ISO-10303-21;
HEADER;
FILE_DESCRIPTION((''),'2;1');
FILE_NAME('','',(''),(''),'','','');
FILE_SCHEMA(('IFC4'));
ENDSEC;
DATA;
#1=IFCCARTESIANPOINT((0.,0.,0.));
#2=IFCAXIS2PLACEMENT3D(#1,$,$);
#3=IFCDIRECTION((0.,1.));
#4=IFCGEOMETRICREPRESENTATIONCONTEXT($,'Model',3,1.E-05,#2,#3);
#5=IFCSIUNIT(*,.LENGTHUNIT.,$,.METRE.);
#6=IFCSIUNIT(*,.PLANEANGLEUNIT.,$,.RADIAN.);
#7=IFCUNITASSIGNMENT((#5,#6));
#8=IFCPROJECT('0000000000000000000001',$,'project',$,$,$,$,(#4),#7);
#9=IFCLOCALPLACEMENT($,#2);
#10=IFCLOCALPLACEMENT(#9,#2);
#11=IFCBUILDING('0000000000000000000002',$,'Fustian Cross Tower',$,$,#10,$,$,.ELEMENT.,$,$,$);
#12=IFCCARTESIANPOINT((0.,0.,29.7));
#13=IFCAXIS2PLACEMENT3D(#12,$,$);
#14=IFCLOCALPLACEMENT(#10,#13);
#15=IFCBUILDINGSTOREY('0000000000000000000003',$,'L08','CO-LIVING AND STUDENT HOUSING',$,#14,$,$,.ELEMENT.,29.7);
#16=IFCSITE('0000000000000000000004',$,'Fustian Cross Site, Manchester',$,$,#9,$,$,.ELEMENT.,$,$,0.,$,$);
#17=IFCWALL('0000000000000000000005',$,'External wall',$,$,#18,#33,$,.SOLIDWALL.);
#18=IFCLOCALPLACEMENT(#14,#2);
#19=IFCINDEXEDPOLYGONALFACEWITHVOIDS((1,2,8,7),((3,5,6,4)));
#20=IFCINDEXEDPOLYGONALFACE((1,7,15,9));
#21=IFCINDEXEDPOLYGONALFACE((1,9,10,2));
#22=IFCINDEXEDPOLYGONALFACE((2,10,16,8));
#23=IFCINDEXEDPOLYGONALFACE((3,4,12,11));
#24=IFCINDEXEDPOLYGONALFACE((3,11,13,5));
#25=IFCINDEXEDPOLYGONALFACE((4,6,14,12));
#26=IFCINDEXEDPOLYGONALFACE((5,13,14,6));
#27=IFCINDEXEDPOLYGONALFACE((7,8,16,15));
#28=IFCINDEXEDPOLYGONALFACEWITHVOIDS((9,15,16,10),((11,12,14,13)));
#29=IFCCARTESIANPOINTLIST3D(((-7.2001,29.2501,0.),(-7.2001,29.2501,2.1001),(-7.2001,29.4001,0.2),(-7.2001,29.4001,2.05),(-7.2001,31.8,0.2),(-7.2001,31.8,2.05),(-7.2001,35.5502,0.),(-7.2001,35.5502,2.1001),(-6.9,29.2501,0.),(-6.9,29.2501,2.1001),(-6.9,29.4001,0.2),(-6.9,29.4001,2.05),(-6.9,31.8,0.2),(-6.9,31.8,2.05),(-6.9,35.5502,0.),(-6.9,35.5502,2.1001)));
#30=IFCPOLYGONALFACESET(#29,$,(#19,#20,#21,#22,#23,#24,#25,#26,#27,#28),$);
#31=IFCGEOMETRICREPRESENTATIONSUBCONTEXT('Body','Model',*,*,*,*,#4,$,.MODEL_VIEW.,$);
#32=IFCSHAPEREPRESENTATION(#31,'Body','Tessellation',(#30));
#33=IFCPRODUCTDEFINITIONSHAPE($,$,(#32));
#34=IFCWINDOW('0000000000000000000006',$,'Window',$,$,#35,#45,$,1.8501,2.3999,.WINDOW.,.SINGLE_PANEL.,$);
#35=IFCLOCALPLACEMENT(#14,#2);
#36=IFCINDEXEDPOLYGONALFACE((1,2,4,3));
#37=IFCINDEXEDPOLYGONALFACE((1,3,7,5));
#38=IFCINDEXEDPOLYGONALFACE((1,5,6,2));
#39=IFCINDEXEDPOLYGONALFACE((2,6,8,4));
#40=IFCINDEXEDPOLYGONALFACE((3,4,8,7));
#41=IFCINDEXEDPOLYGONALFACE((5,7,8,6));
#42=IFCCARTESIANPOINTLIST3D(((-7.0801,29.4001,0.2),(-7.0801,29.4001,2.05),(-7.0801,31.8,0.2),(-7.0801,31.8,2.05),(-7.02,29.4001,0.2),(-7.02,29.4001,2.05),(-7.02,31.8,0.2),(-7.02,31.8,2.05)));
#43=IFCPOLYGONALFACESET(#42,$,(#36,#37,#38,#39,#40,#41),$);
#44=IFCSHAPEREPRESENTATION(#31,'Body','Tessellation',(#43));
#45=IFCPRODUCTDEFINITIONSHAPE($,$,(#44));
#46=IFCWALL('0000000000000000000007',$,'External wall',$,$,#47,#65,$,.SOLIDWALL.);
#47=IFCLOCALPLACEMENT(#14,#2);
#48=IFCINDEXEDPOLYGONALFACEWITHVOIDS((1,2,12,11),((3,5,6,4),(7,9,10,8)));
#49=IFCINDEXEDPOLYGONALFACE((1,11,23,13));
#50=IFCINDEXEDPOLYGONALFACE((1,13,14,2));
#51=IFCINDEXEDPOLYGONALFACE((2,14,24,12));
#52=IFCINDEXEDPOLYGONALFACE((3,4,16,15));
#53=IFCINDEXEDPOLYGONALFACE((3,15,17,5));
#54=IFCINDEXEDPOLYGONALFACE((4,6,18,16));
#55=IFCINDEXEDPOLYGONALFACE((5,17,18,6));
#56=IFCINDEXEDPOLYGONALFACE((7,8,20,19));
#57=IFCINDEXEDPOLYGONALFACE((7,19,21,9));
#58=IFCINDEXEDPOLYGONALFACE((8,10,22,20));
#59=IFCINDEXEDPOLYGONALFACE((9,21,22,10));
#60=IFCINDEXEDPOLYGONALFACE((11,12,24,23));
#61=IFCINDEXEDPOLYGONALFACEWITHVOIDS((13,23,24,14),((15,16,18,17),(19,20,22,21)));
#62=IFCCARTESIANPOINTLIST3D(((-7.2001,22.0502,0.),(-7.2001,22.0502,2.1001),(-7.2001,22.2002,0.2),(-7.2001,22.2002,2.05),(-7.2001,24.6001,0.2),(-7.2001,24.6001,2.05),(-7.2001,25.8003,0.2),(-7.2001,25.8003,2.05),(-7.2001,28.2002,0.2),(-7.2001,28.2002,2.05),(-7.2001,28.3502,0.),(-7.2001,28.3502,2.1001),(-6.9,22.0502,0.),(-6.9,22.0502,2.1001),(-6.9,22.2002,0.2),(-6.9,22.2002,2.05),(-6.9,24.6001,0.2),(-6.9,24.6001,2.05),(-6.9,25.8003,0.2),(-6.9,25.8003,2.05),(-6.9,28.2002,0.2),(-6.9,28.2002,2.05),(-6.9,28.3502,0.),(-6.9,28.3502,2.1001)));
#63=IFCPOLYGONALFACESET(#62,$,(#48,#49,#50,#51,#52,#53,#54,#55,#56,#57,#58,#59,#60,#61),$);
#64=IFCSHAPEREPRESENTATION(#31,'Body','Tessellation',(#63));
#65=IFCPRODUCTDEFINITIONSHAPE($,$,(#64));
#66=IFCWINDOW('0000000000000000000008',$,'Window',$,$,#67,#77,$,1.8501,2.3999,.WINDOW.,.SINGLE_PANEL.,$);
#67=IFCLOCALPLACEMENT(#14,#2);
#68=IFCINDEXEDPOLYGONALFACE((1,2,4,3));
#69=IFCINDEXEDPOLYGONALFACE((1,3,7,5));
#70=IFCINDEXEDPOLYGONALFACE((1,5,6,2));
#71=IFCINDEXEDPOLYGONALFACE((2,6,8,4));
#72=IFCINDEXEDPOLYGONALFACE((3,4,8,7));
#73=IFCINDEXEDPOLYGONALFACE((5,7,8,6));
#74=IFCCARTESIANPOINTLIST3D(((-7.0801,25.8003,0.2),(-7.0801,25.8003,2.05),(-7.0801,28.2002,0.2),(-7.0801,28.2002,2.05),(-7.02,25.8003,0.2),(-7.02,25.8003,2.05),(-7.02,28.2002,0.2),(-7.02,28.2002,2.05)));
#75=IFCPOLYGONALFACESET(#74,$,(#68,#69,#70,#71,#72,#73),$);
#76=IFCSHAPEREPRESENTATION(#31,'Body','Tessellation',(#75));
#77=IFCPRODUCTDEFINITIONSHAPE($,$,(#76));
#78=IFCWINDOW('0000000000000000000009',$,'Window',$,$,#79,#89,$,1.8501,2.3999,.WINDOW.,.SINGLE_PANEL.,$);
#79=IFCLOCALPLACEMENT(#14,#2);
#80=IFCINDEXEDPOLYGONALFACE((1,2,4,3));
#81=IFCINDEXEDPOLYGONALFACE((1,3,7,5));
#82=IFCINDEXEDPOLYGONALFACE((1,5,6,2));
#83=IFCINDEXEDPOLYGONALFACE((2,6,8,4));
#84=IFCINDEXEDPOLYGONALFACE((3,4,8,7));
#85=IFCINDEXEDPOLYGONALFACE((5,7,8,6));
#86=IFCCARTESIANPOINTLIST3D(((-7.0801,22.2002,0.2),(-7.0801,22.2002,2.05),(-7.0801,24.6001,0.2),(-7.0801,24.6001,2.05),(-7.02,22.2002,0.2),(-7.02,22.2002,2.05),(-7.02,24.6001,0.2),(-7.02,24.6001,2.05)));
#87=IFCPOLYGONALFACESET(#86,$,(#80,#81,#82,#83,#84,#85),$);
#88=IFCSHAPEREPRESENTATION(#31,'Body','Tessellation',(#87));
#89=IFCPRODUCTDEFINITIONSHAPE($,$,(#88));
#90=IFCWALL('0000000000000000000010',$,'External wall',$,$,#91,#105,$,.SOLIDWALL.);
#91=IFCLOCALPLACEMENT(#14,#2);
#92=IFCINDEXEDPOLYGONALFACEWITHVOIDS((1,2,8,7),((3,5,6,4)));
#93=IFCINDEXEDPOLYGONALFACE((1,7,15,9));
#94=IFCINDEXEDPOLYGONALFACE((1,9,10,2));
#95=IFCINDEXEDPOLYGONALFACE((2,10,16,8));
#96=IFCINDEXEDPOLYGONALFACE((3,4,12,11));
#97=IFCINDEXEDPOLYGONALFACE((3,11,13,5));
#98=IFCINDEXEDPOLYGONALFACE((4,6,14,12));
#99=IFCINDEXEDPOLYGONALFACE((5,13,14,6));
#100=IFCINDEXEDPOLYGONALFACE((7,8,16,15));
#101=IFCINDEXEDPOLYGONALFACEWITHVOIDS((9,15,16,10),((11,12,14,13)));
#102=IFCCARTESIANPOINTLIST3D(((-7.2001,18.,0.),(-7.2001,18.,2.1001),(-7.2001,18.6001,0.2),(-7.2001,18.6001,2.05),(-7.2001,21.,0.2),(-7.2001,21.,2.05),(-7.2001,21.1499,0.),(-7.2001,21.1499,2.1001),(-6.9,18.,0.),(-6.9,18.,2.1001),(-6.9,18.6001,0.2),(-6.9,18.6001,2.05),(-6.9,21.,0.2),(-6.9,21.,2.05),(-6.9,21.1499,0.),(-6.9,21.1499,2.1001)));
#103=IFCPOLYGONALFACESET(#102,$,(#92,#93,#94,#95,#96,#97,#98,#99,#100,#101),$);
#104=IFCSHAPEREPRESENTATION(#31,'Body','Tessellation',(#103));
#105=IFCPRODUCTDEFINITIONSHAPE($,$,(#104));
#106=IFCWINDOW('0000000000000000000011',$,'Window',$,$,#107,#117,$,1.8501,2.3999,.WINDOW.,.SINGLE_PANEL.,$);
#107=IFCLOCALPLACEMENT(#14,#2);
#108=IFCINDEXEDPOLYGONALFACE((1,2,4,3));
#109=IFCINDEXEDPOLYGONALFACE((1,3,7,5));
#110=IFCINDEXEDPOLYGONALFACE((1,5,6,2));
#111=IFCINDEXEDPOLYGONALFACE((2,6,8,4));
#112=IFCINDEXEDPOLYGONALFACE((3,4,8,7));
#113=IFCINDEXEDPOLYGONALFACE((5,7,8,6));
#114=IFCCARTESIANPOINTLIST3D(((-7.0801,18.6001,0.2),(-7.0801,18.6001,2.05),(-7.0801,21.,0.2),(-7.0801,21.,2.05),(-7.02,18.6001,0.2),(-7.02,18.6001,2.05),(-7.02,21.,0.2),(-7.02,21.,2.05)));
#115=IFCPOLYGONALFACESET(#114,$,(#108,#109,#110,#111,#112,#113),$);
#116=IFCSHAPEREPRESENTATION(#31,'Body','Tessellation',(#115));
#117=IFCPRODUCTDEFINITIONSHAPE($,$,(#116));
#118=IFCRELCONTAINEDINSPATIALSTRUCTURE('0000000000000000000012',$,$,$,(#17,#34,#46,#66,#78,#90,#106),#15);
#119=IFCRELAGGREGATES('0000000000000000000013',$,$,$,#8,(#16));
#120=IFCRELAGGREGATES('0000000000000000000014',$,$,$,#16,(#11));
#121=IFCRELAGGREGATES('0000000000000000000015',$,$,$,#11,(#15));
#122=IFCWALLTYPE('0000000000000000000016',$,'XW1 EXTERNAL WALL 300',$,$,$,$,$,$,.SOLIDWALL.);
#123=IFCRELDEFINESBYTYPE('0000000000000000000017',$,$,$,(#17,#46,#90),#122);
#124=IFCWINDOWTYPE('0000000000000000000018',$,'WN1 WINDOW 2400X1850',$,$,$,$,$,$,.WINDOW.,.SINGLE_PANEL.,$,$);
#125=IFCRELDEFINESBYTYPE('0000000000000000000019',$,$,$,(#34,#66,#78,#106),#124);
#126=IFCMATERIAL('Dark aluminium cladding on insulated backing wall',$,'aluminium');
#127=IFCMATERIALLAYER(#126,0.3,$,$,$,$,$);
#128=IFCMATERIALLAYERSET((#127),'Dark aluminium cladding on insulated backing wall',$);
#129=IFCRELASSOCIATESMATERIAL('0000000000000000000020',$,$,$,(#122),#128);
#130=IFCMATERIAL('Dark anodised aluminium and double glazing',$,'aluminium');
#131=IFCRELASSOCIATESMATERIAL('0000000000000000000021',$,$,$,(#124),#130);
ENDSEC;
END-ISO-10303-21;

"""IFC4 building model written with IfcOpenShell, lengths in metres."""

from ifc_helpers import new_model, si_unit, direction, frame, frame_2d, origin, place, context, subcontext, project, spatial, rectangle, extrude, material, layer, layer_set, type_object, element, fill, save


model = new_model("IFC4")

# Units and contexts
model_context = context("Model", 3, precision=1e-05, world=origin(), true_north=direction((0.0, 1.0)))
body_context = subcontext(model_context, "Body", "Model", "MODEL_VIEW")
ifc_project = project(units=[si_unit("LENGTHUNIT", "METRE"), si_unit("PLANEANGLEUNIT", "RADIAN")], contexts=[model_context])

# Site, building, storey
site_placement = place(None, origin())
site = spatial("IfcSite", under=ifc_project, at=site_placement, Name="Fustian Cross Site, Manchester", CompositionType="ELEMENT", RefElevation=0.0)
building_placement = place(site_placement, origin())
building = spatial("IfcBuilding", under=site, at=building_placement, Name="Fustian Cross Tower", CompositionType="ELEMENT")
storey_placement = place(building_placement, frame((0.0, 0.0, 29.7)))
storey = spatial("IfcBuildingStorey", under=building, at=storey_placement, Name="L08", Description="CO-LIVING AND STUDENT HOUSING", CompositionType="ELEMENT", Elevation=29.7)

# Wall, opening, window
ifc_material_1 = material(Name="Dark aluminium cladding on insulated backing wall", Category="aluminium")
ifc_layer_1 = layer(ifc_material_1, 0.3)
ifc_layer_set_1 = layer_set([ifc_layer_1], Name="Dark aluminium cladding on insulated backing wall")
wall_type_1 = type_object("IfcWallType", Name="XW1 EXTERNAL WALL 300", PredefinedType="SOLIDWALL", material=ifc_layer_set_1)
wall_1_placement = place(storey_placement, frame((-7.05, 35.55, 0.0), z_axis=(0.0, 0.0, 1.0), x_axis=(0.0, -1.0, 0.0)))
wall_1 = element("IfcWall", 1, at=wall_1_placement, inside=storey, type_object=wall_type_1, Name="External wall", PredefinedType="SOLIDWALL", context=body_context, shape_type="SweptSolid", body=[
    extrude(rectangle(XDim=6.3, YDim=0.3, at=frame_2d((3.1499, 0.0))), origin(), (0.0, 0.0, 1.0), 2.1001),
])
opening_1_placement = place(wall_1_placement, frame((3.75, 0.0, 0.2)))
opening_1 = element("IfcOpeningElement", 2, at=opening_1_placement, cuts=wall_1, PredefinedType="OPENING", context=body_context, shape_type="SweptSolid", body=[
    extrude(rectangle(XDim=2.3999, YDim=1.8501, at=frame_2d((1.2, 0.925))), frame((0.0, 0.1599, 0.0), z_axis=(0.0, -1.0, 0.0), x_axis=(1.0, 0.0, 0.0)), (0.0, 0.0, 1.0), 0.3201),
])
ifc_material_2 = material(Name="Dark anodised aluminium and double glazing", Category="aluminium")
window_type_1 = type_object("IfcWindowType", Name="WN1 WINDOW 2400X1850", PartitioningType="SINGLE_PANEL", PredefinedType="WINDOW", material=ifc_material_2)
window_1_placement = place(opening_1_placement, origin())
window_1 = element("IfcWindow", 3, at=window_1_placement, inside=storey, type_object=window_type_1, Name="Window", OverallHeight=1.8501, OverallWidth=2.3999, PartitioningType="SINGLE_PANEL", PredefinedType="WINDOW", context=body_context, shape_type="SweptSolid", body=[
    extrude(rectangle(XDim=2.3999, YDim=1.8501, at=frame_2d((1.2, 0.925))), frame((0.0, 0.03, 0.0), z_axis=(0.0, -1.0, 0.0), x_axis=(1.0, 0.0, 0.0)), (0.0, 0.0, 1.0), 0.0601),
])
fill(opening_1, window_1)

# Wall, openings, windows
wall_2_placement = place(storey_placement, frame((-7.05, 28.3501, 0.0), z_axis=(0.0, 0.0, 1.0), x_axis=(0.0, -1.0, 0.0)))
wall_2 = element("IfcWall", 4, at=wall_2_placement, inside=storey, type_object=wall_type_1, Name="External wall", PredefinedType="SOLIDWALL", context=body_context, shape_type="SweptSolid", body=[
    extrude(rectangle(XDim=6.3, YDim=0.3, at=frame_2d((3.1499, 0.0))), origin(), (0.0, 0.0, 1.0), 2.1001),
])
opening_2_placement = place(wall_2_placement, frame((0.1499, 0.0, 0.2)))
opening_2 = element("IfcOpeningElement", 5, at=opening_2_placement, cuts=wall_2, PredefinedType="OPENING", context=body_context, shape_type="SweptSolid", body=[
    extrude(rectangle(XDim=2.3999, YDim=1.8501, at=frame_2d((1.2, 0.925))), frame((0.0, 0.1599, 0.0), z_axis=(0.0, -1.0, 0.0), x_axis=(1.0, 0.0, 0.0)), (0.0, 0.0, 1.0), 0.3201),
])
opening_3_placement = place(wall_2_placement, frame((3.75, 0.0, 0.2)))
opening_3 = element("IfcOpeningElement", 6, at=opening_3_placement, cuts=wall_2, PredefinedType="OPENING", context=body_context, shape_type="SweptSolid", body=[
    extrude(rectangle(XDim=2.3999, YDim=1.8501, at=frame_2d((1.2, 0.925))), frame((0.0, 0.1599, 0.0), z_axis=(0.0, -1.0, 0.0), x_axis=(1.0, 0.0, 0.0)), (0.0, 0.0, 1.0), 0.3201),
])
window_2_placement = place(opening_2_placement, origin())
window_2 = element("IfcWindow", 7, at=window_2_placement, inside=storey, type_object=window_type_1, Name="Window", OverallHeight=1.8501, OverallWidth=2.3999, PartitioningType="SINGLE_PANEL", PredefinedType="WINDOW", context=body_context, shape_type="SweptSolid", body=[
    extrude(rectangle(XDim=2.3999, YDim=1.8501, at=frame_2d((1.2, 0.925))), frame((0.0, 0.03, 0.0), z_axis=(0.0, -1.0, 0.0), x_axis=(1.0, 0.0, 0.0)), (0.0, 0.0, 1.0), 0.0601),
])
fill(opening_2, window_2)
window_3_placement = place(opening_3_placement, origin())
window_3 = element("IfcWindow", 8, at=window_3_placement, inside=storey, type_object=window_type_1, Name="Window", OverallHeight=1.8501, OverallWidth=2.3999, PartitioningType="SINGLE_PANEL", PredefinedType="WINDOW", context=body_context, shape_type="SweptSolid", body=[
    extrude(rectangle(XDim=2.3999, YDim=1.8501, at=frame_2d((1.2, 0.925))), frame((0.0, 0.03, 0.0), z_axis=(0.0, -1.0, 0.0), x_axis=(1.0, 0.0, 0.0)), (0.0, 0.0, 1.0), 0.0601),
])
fill(opening_3, window_3)

# Wall, opening, window
wall_3_placement = place(storey_placement, frame((-7.05, 21.1499, 0.0), z_axis=(0.0, 0.0, 1.0), x_axis=(0.0, -1.0, 0.0)))
wall_3 = element("IfcWall", 9, at=wall_3_placement, inside=storey, type_object=wall_type_1, Name="External wall", PredefinedType="SOLIDWALL", context=body_context, shape_type="SweptSolid", body=[
    extrude(rectangle(XDim=3.1499, YDim=0.3, at=frame_2d((1.575, 0.0))), origin(), (0.0, 0.0, 1.0), 2.1001),
])
opening_4_placement = place(wall_3_placement, frame((0.1499, 0.0, 0.2)))
opening_4 = element("IfcOpeningElement", 10, at=opening_4_placement, cuts=wall_3, PredefinedType="OPENING", context=body_context, shape_type="SweptSolid", body=[
    extrude(rectangle(XDim=2.3999, YDim=1.8501, at=frame_2d((1.2, 0.925))), frame((0.0, 0.1599, 0.0), z_axis=(0.0, -1.0, 0.0), x_axis=(1.0, 0.0, 0.0)), (0.0, 0.0, 1.0), 0.3201),
])
window_4_placement = place(opening_4_placement, origin())
window_4 = element("IfcWindow", 11, at=window_4_placement, inside=storey, type_object=window_type_1, Name="Window", OverallHeight=1.8501, OverallWidth=2.3999, PartitioningType="SINGLE_PANEL", PredefinedType="WINDOW", context=body_context, shape_type="SweptSolid", body=[
    extrude(rectangle(XDim=2.3999, YDim=1.8501, at=frame_2d((1.2, 0.925))), frame((0.0, 0.03, 0.0), z_axis=(0.0, -1.0, 0.0), x_axis=(1.0, 0.0, 0.0)), (0.0, 0.0, 1.0), 0.0601),
])
fill(opening_4, window_4)

save(model, "model.ifc")
